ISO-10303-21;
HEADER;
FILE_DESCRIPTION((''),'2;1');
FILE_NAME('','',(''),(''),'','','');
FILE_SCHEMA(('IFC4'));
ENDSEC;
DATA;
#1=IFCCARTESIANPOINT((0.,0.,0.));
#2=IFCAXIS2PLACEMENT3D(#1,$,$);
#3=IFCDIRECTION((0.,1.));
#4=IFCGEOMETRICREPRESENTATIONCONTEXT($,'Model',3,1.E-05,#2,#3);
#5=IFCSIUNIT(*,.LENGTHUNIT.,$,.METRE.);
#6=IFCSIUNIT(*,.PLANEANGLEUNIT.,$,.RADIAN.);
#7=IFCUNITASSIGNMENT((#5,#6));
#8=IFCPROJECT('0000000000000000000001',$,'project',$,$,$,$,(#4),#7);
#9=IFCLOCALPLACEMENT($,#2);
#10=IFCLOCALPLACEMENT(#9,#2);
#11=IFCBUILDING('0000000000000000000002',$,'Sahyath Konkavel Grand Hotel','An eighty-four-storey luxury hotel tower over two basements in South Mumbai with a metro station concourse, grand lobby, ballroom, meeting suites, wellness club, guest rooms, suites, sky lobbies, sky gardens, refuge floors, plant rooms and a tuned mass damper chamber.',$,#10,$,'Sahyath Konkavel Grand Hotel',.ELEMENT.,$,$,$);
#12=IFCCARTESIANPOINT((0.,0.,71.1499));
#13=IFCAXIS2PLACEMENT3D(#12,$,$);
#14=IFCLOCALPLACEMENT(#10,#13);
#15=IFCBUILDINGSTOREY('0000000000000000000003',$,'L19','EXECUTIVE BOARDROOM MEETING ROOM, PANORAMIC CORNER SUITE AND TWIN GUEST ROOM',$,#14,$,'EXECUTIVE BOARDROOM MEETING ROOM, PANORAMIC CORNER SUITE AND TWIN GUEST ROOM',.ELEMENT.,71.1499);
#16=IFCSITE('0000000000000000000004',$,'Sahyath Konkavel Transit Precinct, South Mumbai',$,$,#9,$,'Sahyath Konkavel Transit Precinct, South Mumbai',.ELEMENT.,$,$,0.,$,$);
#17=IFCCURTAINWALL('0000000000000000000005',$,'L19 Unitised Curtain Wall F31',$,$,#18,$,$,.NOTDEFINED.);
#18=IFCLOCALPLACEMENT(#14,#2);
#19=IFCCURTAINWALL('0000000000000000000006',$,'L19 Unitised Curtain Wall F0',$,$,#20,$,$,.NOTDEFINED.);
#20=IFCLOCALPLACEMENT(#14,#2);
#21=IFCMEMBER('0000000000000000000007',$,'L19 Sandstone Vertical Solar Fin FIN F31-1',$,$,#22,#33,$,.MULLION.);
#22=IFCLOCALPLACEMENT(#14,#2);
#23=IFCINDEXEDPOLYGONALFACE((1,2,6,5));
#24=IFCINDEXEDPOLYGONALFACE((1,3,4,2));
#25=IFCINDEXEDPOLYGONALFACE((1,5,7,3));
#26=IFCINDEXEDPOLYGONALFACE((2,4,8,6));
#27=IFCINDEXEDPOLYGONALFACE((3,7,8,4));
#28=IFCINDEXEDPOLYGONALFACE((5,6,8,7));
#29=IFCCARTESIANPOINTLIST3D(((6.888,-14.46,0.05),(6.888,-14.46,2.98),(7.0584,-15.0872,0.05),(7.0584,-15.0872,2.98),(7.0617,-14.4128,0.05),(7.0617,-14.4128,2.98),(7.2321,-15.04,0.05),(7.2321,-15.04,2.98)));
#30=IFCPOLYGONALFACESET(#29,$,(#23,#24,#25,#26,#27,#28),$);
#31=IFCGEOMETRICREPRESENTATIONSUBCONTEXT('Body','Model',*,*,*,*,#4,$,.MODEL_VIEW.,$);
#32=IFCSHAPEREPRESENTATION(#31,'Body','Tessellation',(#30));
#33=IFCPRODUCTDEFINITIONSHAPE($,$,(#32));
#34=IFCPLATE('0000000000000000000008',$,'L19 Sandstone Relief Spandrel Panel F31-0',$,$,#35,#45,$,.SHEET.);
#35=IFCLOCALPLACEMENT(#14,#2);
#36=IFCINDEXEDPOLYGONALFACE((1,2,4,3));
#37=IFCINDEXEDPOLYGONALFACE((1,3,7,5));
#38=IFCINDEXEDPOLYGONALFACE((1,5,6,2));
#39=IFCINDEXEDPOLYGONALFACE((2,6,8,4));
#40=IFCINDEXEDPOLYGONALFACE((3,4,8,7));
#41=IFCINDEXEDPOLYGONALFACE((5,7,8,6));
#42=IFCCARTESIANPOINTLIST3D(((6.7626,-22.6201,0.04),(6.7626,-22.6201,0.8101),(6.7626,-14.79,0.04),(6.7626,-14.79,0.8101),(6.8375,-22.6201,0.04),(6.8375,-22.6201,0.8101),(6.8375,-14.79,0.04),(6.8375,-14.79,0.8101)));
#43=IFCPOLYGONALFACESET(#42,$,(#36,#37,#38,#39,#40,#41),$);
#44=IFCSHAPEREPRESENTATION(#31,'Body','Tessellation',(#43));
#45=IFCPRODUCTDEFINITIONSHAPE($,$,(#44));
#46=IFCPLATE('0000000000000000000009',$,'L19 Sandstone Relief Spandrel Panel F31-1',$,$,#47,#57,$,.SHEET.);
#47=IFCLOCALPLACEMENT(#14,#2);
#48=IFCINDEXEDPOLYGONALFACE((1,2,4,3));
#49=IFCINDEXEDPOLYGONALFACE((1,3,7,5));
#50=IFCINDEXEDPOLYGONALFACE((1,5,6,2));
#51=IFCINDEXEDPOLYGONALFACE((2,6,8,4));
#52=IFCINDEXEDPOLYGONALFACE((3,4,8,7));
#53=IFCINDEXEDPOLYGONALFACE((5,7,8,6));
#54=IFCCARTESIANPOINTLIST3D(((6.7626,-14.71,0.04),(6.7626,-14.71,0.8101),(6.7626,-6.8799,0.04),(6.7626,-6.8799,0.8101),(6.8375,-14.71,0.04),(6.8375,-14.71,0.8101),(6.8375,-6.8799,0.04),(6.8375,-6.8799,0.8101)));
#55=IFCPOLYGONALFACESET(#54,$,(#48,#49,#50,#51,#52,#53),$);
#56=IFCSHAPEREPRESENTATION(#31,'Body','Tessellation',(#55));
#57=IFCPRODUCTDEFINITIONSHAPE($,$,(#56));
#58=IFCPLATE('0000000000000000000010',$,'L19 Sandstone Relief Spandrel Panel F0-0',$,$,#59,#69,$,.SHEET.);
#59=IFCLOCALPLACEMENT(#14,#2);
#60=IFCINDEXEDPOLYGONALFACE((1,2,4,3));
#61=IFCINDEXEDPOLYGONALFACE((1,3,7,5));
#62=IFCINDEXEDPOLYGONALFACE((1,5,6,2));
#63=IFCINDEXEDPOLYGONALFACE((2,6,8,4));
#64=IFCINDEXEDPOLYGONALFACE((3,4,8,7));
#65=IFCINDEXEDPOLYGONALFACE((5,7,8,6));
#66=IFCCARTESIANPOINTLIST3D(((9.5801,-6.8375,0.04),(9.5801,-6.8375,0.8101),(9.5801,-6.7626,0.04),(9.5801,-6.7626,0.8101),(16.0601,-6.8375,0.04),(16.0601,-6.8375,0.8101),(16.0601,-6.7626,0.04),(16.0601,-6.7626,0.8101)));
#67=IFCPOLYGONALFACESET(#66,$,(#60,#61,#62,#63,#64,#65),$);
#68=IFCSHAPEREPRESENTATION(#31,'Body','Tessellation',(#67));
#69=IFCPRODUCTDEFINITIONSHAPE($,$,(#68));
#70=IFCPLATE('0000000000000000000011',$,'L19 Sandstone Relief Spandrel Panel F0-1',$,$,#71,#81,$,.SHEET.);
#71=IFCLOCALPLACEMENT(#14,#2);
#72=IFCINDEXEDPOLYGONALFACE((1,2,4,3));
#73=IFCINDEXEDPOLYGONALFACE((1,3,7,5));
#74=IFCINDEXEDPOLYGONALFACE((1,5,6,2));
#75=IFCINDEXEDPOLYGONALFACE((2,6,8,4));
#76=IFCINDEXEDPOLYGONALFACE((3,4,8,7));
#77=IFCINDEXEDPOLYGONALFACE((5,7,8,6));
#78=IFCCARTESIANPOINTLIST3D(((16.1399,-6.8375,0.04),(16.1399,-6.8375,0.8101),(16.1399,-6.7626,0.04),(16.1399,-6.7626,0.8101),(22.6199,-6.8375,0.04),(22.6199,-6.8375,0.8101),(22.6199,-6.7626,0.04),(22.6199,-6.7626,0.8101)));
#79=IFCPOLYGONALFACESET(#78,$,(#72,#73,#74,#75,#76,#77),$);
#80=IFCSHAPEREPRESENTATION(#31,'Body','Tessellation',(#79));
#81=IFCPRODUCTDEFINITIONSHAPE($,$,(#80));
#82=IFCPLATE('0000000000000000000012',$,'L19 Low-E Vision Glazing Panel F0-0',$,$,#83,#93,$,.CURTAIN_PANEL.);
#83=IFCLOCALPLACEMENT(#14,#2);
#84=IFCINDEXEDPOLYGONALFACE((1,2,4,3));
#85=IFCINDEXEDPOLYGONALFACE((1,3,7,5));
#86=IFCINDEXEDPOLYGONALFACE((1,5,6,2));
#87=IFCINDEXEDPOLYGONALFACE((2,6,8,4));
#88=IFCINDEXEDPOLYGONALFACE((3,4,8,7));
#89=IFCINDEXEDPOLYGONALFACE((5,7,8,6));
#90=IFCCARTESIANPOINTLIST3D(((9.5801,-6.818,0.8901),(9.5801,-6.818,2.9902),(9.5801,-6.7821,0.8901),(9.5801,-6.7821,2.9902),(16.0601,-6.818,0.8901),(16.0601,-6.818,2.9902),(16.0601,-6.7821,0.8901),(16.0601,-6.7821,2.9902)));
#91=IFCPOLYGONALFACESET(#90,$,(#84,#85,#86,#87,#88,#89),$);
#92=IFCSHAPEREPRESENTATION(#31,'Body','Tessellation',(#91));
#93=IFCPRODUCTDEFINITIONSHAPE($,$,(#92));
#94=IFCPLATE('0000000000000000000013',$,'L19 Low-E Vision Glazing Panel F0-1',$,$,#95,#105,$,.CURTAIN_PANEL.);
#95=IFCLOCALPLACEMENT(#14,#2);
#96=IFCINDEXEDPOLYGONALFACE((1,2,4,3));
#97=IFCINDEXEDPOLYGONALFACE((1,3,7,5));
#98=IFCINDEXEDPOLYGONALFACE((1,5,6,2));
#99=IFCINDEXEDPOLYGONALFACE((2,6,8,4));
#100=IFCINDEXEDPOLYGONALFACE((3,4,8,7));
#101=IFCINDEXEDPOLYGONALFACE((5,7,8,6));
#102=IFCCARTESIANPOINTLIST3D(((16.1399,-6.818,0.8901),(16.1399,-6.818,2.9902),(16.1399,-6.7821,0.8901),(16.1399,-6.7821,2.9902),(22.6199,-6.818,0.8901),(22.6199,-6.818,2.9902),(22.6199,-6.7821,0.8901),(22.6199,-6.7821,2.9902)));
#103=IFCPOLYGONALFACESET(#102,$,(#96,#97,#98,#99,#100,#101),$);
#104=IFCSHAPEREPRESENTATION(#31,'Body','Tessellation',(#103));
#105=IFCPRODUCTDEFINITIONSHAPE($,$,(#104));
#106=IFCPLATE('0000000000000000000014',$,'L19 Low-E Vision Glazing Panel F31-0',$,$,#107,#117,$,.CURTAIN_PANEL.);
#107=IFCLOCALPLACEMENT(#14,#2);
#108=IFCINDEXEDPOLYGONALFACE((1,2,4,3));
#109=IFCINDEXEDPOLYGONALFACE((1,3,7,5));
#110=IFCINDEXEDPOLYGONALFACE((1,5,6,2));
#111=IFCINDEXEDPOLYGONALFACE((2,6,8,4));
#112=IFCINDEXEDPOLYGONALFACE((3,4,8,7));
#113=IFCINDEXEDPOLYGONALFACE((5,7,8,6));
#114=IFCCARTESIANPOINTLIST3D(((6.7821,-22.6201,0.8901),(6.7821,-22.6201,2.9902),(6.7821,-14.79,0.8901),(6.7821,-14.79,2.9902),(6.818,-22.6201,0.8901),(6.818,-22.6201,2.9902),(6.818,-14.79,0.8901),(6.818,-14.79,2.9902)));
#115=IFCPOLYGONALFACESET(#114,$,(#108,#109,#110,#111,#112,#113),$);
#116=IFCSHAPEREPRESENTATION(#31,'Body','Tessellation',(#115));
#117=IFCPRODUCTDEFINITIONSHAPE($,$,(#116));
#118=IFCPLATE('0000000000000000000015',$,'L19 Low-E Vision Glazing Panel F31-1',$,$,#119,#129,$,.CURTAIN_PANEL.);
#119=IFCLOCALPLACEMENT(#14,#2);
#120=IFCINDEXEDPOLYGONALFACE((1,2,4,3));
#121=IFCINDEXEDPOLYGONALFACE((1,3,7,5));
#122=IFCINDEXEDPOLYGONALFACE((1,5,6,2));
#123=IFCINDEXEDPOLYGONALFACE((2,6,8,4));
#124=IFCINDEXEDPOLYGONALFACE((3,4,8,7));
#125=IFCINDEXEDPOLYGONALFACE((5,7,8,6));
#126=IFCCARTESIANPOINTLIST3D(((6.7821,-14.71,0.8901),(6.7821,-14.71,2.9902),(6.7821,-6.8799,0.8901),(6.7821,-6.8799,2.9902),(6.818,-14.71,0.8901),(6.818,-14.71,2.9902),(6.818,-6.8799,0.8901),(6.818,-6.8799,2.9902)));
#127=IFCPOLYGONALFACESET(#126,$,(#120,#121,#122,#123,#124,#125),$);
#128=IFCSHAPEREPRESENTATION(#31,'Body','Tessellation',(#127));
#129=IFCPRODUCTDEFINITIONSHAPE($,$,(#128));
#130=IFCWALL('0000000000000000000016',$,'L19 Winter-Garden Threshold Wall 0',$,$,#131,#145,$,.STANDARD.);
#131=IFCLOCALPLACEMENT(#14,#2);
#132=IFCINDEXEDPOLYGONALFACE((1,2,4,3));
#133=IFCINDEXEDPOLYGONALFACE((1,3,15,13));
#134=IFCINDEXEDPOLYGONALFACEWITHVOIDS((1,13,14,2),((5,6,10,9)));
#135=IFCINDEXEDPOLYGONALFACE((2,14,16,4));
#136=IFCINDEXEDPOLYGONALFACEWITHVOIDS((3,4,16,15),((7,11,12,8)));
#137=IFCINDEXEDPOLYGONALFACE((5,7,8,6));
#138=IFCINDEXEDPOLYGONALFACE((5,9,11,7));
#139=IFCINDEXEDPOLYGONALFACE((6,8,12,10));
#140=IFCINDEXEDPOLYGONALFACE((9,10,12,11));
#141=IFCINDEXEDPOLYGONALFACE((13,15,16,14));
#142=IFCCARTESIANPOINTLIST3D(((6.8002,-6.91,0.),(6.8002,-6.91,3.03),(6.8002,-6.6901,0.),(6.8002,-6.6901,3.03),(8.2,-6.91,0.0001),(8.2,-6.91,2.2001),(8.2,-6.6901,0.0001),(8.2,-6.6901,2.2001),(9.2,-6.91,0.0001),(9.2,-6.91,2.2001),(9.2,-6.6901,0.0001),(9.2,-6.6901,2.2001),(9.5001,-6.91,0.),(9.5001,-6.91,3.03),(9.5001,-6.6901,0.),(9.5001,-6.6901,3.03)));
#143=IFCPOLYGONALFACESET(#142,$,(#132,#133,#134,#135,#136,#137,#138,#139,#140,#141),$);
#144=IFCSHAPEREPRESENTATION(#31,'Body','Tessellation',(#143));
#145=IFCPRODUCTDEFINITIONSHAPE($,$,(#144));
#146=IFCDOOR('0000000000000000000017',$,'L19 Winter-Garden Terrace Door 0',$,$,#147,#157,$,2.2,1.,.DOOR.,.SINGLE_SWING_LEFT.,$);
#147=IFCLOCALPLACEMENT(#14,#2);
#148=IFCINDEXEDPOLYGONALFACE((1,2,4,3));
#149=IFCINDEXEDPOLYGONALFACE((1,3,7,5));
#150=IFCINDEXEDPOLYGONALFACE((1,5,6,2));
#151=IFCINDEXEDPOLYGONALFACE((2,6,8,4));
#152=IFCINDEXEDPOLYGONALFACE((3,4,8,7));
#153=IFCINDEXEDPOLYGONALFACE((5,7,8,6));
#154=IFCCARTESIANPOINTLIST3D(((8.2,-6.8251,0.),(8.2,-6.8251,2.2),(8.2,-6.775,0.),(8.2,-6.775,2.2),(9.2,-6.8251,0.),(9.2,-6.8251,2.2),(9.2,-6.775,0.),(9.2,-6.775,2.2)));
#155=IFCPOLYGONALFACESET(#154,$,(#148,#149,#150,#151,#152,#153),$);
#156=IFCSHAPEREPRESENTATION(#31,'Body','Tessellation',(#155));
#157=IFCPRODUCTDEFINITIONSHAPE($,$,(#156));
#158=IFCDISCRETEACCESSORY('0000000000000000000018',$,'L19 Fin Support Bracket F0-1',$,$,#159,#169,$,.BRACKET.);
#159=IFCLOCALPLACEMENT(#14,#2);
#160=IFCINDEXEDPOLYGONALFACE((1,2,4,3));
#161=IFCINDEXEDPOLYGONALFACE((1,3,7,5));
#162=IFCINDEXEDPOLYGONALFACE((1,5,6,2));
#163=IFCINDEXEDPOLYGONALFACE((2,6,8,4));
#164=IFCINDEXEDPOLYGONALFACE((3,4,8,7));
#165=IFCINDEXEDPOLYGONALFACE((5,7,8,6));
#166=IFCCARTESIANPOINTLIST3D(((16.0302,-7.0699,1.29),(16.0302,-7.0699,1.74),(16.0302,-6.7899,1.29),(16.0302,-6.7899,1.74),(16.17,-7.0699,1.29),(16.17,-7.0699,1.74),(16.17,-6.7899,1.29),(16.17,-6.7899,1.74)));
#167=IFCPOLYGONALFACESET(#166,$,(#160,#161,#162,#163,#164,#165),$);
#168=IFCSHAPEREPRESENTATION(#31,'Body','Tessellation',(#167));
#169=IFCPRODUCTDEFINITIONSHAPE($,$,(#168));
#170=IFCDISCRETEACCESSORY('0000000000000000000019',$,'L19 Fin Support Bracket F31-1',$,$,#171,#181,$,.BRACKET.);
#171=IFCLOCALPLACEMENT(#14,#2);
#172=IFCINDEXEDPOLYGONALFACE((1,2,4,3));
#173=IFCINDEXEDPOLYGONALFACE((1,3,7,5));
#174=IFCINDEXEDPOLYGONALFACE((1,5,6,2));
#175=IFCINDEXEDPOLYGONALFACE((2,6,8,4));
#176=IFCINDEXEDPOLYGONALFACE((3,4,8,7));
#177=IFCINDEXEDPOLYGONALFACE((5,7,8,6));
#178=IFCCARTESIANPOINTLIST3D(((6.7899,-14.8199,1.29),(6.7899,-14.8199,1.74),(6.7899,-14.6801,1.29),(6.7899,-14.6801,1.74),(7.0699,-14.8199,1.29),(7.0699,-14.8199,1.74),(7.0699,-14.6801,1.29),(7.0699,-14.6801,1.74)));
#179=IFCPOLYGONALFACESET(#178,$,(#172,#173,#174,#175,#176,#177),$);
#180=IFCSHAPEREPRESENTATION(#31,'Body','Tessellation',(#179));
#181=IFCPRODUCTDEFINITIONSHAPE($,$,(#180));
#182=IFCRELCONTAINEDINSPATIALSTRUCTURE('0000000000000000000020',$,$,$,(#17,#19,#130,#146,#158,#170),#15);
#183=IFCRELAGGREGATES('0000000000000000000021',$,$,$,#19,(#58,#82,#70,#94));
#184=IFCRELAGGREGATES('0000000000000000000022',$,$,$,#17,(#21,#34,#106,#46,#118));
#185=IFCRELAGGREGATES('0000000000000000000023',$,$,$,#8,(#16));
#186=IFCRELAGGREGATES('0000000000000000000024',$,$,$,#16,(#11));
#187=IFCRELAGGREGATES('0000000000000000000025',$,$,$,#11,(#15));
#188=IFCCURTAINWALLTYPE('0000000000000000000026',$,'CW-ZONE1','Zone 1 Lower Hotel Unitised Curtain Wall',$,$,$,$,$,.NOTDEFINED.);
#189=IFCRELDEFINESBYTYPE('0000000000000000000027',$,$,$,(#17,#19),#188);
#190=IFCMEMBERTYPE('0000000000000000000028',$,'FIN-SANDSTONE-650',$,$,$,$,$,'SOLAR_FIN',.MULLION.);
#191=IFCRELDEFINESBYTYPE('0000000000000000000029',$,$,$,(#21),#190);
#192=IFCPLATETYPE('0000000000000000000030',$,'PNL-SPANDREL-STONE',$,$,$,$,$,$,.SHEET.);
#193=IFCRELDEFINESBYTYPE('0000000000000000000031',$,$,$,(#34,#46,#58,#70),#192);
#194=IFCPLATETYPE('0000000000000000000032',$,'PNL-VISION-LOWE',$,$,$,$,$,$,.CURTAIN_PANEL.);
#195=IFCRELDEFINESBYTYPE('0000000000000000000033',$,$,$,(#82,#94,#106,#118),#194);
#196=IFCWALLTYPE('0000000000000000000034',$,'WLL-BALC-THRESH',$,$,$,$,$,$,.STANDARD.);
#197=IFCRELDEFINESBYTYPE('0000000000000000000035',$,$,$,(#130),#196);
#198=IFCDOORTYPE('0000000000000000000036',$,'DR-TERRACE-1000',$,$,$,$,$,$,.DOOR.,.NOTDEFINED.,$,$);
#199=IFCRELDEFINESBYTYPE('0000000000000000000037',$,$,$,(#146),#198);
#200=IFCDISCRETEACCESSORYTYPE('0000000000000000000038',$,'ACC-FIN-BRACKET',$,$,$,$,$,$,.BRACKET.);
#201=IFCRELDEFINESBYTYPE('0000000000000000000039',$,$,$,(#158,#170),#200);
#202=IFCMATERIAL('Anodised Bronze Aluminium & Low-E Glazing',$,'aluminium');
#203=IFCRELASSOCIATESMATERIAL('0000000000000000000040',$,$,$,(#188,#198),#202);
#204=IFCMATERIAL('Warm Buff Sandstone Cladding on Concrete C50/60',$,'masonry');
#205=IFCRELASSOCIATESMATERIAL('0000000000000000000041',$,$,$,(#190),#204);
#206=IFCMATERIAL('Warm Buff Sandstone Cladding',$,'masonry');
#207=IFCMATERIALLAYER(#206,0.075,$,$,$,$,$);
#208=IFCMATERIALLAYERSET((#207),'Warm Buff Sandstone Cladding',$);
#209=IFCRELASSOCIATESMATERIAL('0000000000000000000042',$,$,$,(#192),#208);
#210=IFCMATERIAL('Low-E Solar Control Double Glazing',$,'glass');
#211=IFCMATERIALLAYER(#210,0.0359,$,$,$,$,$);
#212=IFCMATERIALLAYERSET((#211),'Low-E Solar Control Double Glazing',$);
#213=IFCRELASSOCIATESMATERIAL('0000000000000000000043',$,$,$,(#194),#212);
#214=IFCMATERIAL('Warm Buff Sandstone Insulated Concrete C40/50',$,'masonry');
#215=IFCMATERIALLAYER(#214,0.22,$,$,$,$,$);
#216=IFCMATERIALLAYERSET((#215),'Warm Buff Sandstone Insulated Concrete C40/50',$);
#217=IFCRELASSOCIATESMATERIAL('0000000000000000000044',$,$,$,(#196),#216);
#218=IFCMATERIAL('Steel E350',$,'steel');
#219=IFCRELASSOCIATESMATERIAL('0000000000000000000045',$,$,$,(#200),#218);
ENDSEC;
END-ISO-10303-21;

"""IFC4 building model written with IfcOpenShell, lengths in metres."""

from ifc_helpers import new_model, si_unit, direction, frame, frame_2d, origin, origin_2d, place, context, subcontext, project, spatial, rectangle, extrude, source, transform, mapped, material, layer, layer_set, material_profile, profile_set, type_object, element, fill, aggregate, save


model = new_model("IFC4")

# Units and contexts
model_context = context("Model", 3, precision=1e-05, world=origin(), true_north=direction((0.0, 1.0)))
body_context = subcontext(model_context, "Body", "Model", "MODEL_VIEW")
ifc_project = project(units=[si_unit("LENGTHUNIT", "METRE"), si_unit("PLANEANGLEUNIT", "RADIAN")], contexts=[model_context])

# Site, building, storey
site_placement = place(None, origin())
site = spatial("IfcSite", under=ifc_project, at=site_placement, Name="Sahyath Konkavel Transit Precinct, South Mumbai", LongName="Sahyath Konkavel Transit Precinct, South Mumbai", CompositionType="ELEMENT", RefElevation=0.0)
building_placement = place(site_placement, origin())
building = spatial("IfcBuilding", under=site, at=building_placement, Name="Sahyath Konkavel Grand Hotel", Description="An eighty-four-storey luxury hotel tower over two basements in South Mumbai with a metro station concourse, grand lobby, ballroom, meeting suites, wellness club, guest rooms, suites, sky lobbies, sky gardens, refuge floors, plant rooms and a tuned mass damper chamber.", LongName="Sahyath Konkavel Grand Hotel", CompositionType="ELEMENT")
storey_placement = place(building_placement, frame((0.0, 0.0, 71.1499)))
storey = spatial("IfcBuildingStorey", under=building, at=storey_placement, Name="L19", Description="EXECUTIVE BOARDROOM MEETING ROOM, PANORAMIC CORNER SUITE AND TWIN GUEST ROOM", LongName="EXECUTIVE BOARDROOM MEETING ROOM, PANORAMIC CORNER SUITE AND TWIN GUEST ROOM", CompositionType="ELEMENT", Elevation=71.1499)

# Curtain walls
ifc_material_1 = material(Name="Anodised Bronze Aluminium & Low-E Glazing", Category="aluminium")
curtain_wall_type = type_object("IfcCurtainWallType", Name="CW-ZONE1", Description="Zone 1 Lower Hotel Unitised Curtain Wall", PredefinedType="NOTDEFINED", material=ifc_material_1)
curtain_wall_1_placement = place(storey_placement, origin())
curtain_wall_1 = element("IfcCurtainWall", 1, at=curtain_wall_1_placement, inside=storey, type_object=curtain_wall_type, Name="L19 Unitised Curtain Wall F31", PredefinedType="NOTDEFINED")
curtain_wall_2_placement = place(storey_placement, origin())
curtain_wall_2 = element("IfcCurtainWall", 2, at=curtain_wall_2_placement, inside=storey, type_object=curtain_wall_type, Name="L19 Unitised Curtain Wall F0", PredefinedType="NOTDEFINED")

# Member
ifc_material_2 = material(Name="Warm Buff Sandstone Cladding on Concrete C50/60", Category="masonry")
ifc_material_profile_1 = material_profile(ifc_material_2, rectangle(XDim=0.1799, YDim=0.6499, at=origin_2d()), Name="FIN 180x650")
ifc_profile_set_1 = profile_set([ifc_material_profile_1], Name="Warm Buff Sandstone Cladding on Concrete C50/60")
member_type_1 = type_object("IfcMemberType", Name="FIN-SANDSTONE-650", ElementType="SOLAR_FIN", PredefinedType="MULLION", material=ifc_profile_set_1)
shared_shape_1 = source(origin(), body_context, "Body", "SweptSolid", [
    extrude(rectangle(XDim=0.1799, YDim=0.6499, at=origin_2d()), origin(), (0.0, 0.0, 1.0), 2.9299),
])
member_1_placement = place(storey_placement, frame((7.0601, -14.75, 0.05), z_axis=(0.0, 0.0, 1.0), x_axis=(0.965016, 0.262189, 0.0)))
member_1 = element("IfcMember", 3, at=member_1_placement, type_object=member_type_1, Name="L19 Sandstone Vertical Solar Fin FIN F31-1", PredefinedType="MULLION", context=body_context, shape_type="MappedRepresentation", body=[
    mapped(shared_shape_1, transform((0.0, 0.0, 0.0), scale=1.0)),
])

# Plates
ifc_material_3 = material(Name="Warm Buff Sandstone Cladding", Category="masonry")
ifc_layer_1 = layer(ifc_material_3, 0.075)
ifc_layer_set_1 = layer_set([ifc_layer_1], Name="Warm Buff Sandstone Cladding")
plate_type_1 = type_object("IfcPlateType", Name="PNL-SPANDREL-STONE", PredefinedType="SHEET", material=ifc_layer_set_1)
shared_shape_2 = source(origin(), body_context, "Body", "SweptSolid", [
    extrude(rectangle(XDim=7.8301, YDim=0.075, at=origin_2d()), origin(), (0.0, 0.0, 1.0), 0.77),
])
plate_1_placement = place(storey_placement, frame((6.8, -18.7051, 0.04), z_axis=(0.0, 0.0, 1.0), x_axis=(0.0, 1.0, 0.0)))
plate_1 = element("IfcPlate", 4, at=plate_1_placement, type_object=plate_type_1, Name="L19 Sandstone Relief Spandrel Panel F31-0", PredefinedType="SHEET", context=body_context, shape_type="MappedRepresentation", body=[
    mapped(shared_shape_2, transform((0.0, 0.0, 0.0), scale=1.0)),
])
plate_2_placement = place(storey_placement, frame((6.8, -10.7949, 0.04), z_axis=(0.0, 0.0, 1.0), x_axis=(0.0, 1.0, 0.0)))
plate_2 = element("IfcPlate", 5, at=plate_2_placement, type_object=plate_type_1, Name="L19 Sandstone Relief Spandrel Panel F31-1", PredefinedType="SHEET", context=body_context, shape_type="MappedRepresentation", body=[
    mapped(shared_shape_2, transform((0.0, 0.0, 0.0), scale=1.0)),
])
shared_shape_3 = source(origin(), body_context, "Body", "SweptSolid", [
    extrude(rectangle(XDim=6.48, YDim=0.075, at=origin_2d()), origin(), (0.0, 0.0, 1.0), 0.77),
])
plate_3_placement = place(storey_placement, frame((12.8201, -6.8, 0.04), z_axis=(0.0, 0.0, 1.0), x_axis=(1.0, 0.0, 0.0)))
plate_3 = element("IfcPlate", 6, at=plate_3_placement, type_object=plate_type_1, Name="L19 Sandstone Relief Spandrel Panel F0-0", PredefinedType="SHEET", context=body_context, shape_type="MappedRepresentation", body=[
    mapped(shared_shape_3, transform((0.0, 0.0, 0.0), scale=1.0)),
])
plate_4_placement = place(storey_placement, frame((19.3799, -6.8, 0.04), z_axis=(0.0, 0.0, 1.0), x_axis=(1.0, 0.0, 0.0)))
plate_4 = element("IfcPlate", 7, at=plate_4_placement, type_object=plate_type_1, Name="L19 Sandstone Relief Spandrel Panel F0-1", PredefinedType="SHEET", context=body_context, shape_type="MappedRepresentation", body=[
    mapped(shared_shape_3, transform((0.0, 0.0, 0.0), scale=1.0)),
])
ifc_material_4 = material(Name="Low-E Solar Control Double Glazing", Category="glass")
ifc_layer_2 = layer(ifc_material_4, 0.0359)
ifc_layer_set_2 = layer_set([ifc_layer_2], Name="Low-E Solar Control Double Glazing")
plate_type_2 = type_object("IfcPlateType", Name="PNL-VISION-LOWE", PredefinedType="CURTAIN_PANEL", material=ifc_layer_set_2)
shared_shape_4 = source(origin(), body_context, "Body", "SweptSolid", [
    extrude(rectangle(XDim=6.48, YDim=0.0359, at=origin_2d()), origin(), (0.0, 0.0, 1.0), 2.1001),
])
plate_5_placement = place(storey_placement, frame((12.8201, -6.8, 0.8901), z_axis=(0.0, 0.0, 1.0), x_axis=(1.0, 0.0, 0.0)))
plate_5 = element("IfcPlate", 8, at=plate_5_placement, type_object=plate_type_2, Name="L19 Low-E Vision Glazing Panel F0-0", PredefinedType="CURTAIN_PANEL", context=body_context, shape_type="MappedRepresentation", body=[
    mapped(shared_shape_4, transform((0.0, 0.0, 0.0), scale=1.0)),
])
plate_6_placement = place(storey_placement, frame((19.3799, -6.8, 0.8901), z_axis=(0.0, 0.0, 1.0), x_axis=(1.0, 0.0, 0.0)))
plate_6 = element("IfcPlate", 9, at=plate_6_placement, type_object=plate_type_2, Name="L19 Low-E Vision Glazing Panel F0-1", PredefinedType="CURTAIN_PANEL", context=body_context, shape_type="MappedRepresentation", body=[
    mapped(shared_shape_4, transform((0.0, 0.0, 0.0), scale=1.0)),
])
aggregate(curtain_wall_2, [plate_3, plate_5, plate_4, plate_6])
shared_shape_5 = source(origin(), body_context, "Body", "SweptSolid", [
    extrude(rectangle(XDim=7.8301, YDim=0.0359, at=origin_2d()), origin(), (0.0, 0.0, 1.0), 2.1001),
])
plate_7_placement = place(storey_placement, frame((6.8, -18.7051, 0.8901), z_axis=(0.0, 0.0, 1.0), x_axis=(0.0, 1.0, 0.0)))
plate_7 = element("IfcPlate", 10, at=plate_7_placement, type_object=plate_type_2, Name="L19 Low-E Vision Glazing Panel F31-0", PredefinedType="CURTAIN_PANEL", context=body_context, shape_type="MappedRepresentation", body=[
    mapped(shared_shape_5, transform((0.0, 0.0, 0.0), scale=1.0)),
])
plate_8_placement = place(storey_placement, frame((6.8, -10.7949, 0.8901), z_axis=(0.0, 0.0, 1.0), x_axis=(0.0, 1.0, 0.0)))
plate_8 = element("IfcPlate", 11, at=plate_8_placement, type_object=plate_type_2, Name="L19 Low-E Vision Glazing Panel F31-1", PredefinedType="CURTAIN_PANEL", context=body_context, shape_type="MappedRepresentation", body=[
    mapped(shared_shape_5, transform((0.0, 0.0, 0.0), scale=1.0)),
])
aggregate(curtain_wall_1, [member_1, plate_1, plate_7, plate_2, plate_8])

# Wall, opening, door
ifc_material_5 = material(Name="Warm Buff Sandstone Insulated Concrete C40/50", Category="masonry")
ifc_layer_3 = layer(ifc_material_5, 0.22)
ifc_layer_set_3 = layer_set([ifc_layer_3], Name="Warm Buff Sandstone Insulated Concrete C40/50")
wall_type = type_object("IfcWallType", Name="WLL-BALC-THRESH", PredefinedType="STANDARD", material=ifc_layer_set_3)
wall_placement = place(storey_placement, frame((6.8, -6.8, 0.0), z_axis=(0.0, 0.0, 1.0), x_axis=(1.0, 0.0, 0.0)))
wall = element("IfcWall", 12, at=wall_placement, inside=storey, type_object=wall_type, Name="L19 Winter-Garden Threshold Wall 0", PredefinedType="STANDARD", context=body_context, shape_type="SweptSolid", body=[
    extrude(rectangle(XDim=2.7, YDim=0.22, at=frame_2d((1.3501, 0.0))), origin(), (0.0, 0.0, 1.0), 3.03),
])
opening_placement = place(wall_placement, frame((1.3999, 0.0, 0.0)))
opening = element("IfcOpeningElement", 13, at=opening_placement, cuts=wall, PredefinedType="OPENING", context=body_context, shape_type="SweptSolid", body=[
    extrude(rectangle(XDim=1.0, YDim=2.2, at=frame_2d((0.5, 1.1001))), frame((0.0, 0.1201, 0.0), z_axis=(0.0, -1.0, 0.0), x_axis=(1.0, 0.0, 0.0)), (0.0, 0.0, 1.0), 0.24),
])
door_type = type_object("IfcDoorType", Name="DR-TERRACE-1000", OperationType="NOTDEFINED", PredefinedType="DOOR", material=ifc_material_1)
shared_shape_6 = source(origin(), body_context, "Body", "SweptSolid", [
    extrude(rectangle(XDim=1.0, YDim=0.05, at=origin_2d()), origin(), (0.0, 0.0, 1.0), 2.2),
])
door_placement = place(opening_placement, frame((0.5, 0.0, 0.0)))
door = element("IfcDoor", 14, at=door_placement, inside=storey, type_object=door_type, Name="L19 Winter-Garden Terrace Door 0", OperationType="SINGLE_SWING_LEFT", OverallHeight=2.2, OverallWidth=1.0, PredefinedType="DOOR", context=body_context, shape_type="MappedRepresentation", body=[
    mapped(shared_shape_6, transform((0.0, 0.0, 0.0), scale=1.0)),
])
fill(opening, door)

# Discrete accessories
ifc_material_6 = material(Name="Steel E350", Category="steel")
discrete_accessory_type = type_object("IfcDiscreteAccessoryType", Name="ACC-FIN-BRACKET", PredefinedType="BRACKET", material=ifc_material_6)
shared_shape_7 = source(origin(), body_context, "Body", "SweptSolid", [
    extrude(rectangle(XDim=0.28, YDim=0.1399, at=origin_2d()), origin(), (0.0, 0.0, 1.0), 0.45),
])
for number, where, z_axis, x_axis, name in (
    (15, (16.1001, -6.9299, 1.29), (0.0, 0.0, 1.0), (0.0, -1.0, 0.0), "L19 Fin Support Bracket F0-1"),
    (16, (6.9299, -14.75, 1.29), (0.0, 0.0, 1.0), (1.0, 0.0, 0.0), "L19 Fin Support Bracket F31-1"),
):
    element("IfcDiscreteAccessory", number, at=place(storey_placement, frame(where, z_axis=z_axis, x_axis=x_axis)), inside=storey, type_object=discrete_accessory_type, Name=name, PredefinedType="BRACKET", context=body_context, shape_type="MappedRepresentation", body=[
        mapped(shared_shape_7, transform((0.0, 0.0, 0.0), scale=1.0)),
    ])

save(model, "model.ifc")
